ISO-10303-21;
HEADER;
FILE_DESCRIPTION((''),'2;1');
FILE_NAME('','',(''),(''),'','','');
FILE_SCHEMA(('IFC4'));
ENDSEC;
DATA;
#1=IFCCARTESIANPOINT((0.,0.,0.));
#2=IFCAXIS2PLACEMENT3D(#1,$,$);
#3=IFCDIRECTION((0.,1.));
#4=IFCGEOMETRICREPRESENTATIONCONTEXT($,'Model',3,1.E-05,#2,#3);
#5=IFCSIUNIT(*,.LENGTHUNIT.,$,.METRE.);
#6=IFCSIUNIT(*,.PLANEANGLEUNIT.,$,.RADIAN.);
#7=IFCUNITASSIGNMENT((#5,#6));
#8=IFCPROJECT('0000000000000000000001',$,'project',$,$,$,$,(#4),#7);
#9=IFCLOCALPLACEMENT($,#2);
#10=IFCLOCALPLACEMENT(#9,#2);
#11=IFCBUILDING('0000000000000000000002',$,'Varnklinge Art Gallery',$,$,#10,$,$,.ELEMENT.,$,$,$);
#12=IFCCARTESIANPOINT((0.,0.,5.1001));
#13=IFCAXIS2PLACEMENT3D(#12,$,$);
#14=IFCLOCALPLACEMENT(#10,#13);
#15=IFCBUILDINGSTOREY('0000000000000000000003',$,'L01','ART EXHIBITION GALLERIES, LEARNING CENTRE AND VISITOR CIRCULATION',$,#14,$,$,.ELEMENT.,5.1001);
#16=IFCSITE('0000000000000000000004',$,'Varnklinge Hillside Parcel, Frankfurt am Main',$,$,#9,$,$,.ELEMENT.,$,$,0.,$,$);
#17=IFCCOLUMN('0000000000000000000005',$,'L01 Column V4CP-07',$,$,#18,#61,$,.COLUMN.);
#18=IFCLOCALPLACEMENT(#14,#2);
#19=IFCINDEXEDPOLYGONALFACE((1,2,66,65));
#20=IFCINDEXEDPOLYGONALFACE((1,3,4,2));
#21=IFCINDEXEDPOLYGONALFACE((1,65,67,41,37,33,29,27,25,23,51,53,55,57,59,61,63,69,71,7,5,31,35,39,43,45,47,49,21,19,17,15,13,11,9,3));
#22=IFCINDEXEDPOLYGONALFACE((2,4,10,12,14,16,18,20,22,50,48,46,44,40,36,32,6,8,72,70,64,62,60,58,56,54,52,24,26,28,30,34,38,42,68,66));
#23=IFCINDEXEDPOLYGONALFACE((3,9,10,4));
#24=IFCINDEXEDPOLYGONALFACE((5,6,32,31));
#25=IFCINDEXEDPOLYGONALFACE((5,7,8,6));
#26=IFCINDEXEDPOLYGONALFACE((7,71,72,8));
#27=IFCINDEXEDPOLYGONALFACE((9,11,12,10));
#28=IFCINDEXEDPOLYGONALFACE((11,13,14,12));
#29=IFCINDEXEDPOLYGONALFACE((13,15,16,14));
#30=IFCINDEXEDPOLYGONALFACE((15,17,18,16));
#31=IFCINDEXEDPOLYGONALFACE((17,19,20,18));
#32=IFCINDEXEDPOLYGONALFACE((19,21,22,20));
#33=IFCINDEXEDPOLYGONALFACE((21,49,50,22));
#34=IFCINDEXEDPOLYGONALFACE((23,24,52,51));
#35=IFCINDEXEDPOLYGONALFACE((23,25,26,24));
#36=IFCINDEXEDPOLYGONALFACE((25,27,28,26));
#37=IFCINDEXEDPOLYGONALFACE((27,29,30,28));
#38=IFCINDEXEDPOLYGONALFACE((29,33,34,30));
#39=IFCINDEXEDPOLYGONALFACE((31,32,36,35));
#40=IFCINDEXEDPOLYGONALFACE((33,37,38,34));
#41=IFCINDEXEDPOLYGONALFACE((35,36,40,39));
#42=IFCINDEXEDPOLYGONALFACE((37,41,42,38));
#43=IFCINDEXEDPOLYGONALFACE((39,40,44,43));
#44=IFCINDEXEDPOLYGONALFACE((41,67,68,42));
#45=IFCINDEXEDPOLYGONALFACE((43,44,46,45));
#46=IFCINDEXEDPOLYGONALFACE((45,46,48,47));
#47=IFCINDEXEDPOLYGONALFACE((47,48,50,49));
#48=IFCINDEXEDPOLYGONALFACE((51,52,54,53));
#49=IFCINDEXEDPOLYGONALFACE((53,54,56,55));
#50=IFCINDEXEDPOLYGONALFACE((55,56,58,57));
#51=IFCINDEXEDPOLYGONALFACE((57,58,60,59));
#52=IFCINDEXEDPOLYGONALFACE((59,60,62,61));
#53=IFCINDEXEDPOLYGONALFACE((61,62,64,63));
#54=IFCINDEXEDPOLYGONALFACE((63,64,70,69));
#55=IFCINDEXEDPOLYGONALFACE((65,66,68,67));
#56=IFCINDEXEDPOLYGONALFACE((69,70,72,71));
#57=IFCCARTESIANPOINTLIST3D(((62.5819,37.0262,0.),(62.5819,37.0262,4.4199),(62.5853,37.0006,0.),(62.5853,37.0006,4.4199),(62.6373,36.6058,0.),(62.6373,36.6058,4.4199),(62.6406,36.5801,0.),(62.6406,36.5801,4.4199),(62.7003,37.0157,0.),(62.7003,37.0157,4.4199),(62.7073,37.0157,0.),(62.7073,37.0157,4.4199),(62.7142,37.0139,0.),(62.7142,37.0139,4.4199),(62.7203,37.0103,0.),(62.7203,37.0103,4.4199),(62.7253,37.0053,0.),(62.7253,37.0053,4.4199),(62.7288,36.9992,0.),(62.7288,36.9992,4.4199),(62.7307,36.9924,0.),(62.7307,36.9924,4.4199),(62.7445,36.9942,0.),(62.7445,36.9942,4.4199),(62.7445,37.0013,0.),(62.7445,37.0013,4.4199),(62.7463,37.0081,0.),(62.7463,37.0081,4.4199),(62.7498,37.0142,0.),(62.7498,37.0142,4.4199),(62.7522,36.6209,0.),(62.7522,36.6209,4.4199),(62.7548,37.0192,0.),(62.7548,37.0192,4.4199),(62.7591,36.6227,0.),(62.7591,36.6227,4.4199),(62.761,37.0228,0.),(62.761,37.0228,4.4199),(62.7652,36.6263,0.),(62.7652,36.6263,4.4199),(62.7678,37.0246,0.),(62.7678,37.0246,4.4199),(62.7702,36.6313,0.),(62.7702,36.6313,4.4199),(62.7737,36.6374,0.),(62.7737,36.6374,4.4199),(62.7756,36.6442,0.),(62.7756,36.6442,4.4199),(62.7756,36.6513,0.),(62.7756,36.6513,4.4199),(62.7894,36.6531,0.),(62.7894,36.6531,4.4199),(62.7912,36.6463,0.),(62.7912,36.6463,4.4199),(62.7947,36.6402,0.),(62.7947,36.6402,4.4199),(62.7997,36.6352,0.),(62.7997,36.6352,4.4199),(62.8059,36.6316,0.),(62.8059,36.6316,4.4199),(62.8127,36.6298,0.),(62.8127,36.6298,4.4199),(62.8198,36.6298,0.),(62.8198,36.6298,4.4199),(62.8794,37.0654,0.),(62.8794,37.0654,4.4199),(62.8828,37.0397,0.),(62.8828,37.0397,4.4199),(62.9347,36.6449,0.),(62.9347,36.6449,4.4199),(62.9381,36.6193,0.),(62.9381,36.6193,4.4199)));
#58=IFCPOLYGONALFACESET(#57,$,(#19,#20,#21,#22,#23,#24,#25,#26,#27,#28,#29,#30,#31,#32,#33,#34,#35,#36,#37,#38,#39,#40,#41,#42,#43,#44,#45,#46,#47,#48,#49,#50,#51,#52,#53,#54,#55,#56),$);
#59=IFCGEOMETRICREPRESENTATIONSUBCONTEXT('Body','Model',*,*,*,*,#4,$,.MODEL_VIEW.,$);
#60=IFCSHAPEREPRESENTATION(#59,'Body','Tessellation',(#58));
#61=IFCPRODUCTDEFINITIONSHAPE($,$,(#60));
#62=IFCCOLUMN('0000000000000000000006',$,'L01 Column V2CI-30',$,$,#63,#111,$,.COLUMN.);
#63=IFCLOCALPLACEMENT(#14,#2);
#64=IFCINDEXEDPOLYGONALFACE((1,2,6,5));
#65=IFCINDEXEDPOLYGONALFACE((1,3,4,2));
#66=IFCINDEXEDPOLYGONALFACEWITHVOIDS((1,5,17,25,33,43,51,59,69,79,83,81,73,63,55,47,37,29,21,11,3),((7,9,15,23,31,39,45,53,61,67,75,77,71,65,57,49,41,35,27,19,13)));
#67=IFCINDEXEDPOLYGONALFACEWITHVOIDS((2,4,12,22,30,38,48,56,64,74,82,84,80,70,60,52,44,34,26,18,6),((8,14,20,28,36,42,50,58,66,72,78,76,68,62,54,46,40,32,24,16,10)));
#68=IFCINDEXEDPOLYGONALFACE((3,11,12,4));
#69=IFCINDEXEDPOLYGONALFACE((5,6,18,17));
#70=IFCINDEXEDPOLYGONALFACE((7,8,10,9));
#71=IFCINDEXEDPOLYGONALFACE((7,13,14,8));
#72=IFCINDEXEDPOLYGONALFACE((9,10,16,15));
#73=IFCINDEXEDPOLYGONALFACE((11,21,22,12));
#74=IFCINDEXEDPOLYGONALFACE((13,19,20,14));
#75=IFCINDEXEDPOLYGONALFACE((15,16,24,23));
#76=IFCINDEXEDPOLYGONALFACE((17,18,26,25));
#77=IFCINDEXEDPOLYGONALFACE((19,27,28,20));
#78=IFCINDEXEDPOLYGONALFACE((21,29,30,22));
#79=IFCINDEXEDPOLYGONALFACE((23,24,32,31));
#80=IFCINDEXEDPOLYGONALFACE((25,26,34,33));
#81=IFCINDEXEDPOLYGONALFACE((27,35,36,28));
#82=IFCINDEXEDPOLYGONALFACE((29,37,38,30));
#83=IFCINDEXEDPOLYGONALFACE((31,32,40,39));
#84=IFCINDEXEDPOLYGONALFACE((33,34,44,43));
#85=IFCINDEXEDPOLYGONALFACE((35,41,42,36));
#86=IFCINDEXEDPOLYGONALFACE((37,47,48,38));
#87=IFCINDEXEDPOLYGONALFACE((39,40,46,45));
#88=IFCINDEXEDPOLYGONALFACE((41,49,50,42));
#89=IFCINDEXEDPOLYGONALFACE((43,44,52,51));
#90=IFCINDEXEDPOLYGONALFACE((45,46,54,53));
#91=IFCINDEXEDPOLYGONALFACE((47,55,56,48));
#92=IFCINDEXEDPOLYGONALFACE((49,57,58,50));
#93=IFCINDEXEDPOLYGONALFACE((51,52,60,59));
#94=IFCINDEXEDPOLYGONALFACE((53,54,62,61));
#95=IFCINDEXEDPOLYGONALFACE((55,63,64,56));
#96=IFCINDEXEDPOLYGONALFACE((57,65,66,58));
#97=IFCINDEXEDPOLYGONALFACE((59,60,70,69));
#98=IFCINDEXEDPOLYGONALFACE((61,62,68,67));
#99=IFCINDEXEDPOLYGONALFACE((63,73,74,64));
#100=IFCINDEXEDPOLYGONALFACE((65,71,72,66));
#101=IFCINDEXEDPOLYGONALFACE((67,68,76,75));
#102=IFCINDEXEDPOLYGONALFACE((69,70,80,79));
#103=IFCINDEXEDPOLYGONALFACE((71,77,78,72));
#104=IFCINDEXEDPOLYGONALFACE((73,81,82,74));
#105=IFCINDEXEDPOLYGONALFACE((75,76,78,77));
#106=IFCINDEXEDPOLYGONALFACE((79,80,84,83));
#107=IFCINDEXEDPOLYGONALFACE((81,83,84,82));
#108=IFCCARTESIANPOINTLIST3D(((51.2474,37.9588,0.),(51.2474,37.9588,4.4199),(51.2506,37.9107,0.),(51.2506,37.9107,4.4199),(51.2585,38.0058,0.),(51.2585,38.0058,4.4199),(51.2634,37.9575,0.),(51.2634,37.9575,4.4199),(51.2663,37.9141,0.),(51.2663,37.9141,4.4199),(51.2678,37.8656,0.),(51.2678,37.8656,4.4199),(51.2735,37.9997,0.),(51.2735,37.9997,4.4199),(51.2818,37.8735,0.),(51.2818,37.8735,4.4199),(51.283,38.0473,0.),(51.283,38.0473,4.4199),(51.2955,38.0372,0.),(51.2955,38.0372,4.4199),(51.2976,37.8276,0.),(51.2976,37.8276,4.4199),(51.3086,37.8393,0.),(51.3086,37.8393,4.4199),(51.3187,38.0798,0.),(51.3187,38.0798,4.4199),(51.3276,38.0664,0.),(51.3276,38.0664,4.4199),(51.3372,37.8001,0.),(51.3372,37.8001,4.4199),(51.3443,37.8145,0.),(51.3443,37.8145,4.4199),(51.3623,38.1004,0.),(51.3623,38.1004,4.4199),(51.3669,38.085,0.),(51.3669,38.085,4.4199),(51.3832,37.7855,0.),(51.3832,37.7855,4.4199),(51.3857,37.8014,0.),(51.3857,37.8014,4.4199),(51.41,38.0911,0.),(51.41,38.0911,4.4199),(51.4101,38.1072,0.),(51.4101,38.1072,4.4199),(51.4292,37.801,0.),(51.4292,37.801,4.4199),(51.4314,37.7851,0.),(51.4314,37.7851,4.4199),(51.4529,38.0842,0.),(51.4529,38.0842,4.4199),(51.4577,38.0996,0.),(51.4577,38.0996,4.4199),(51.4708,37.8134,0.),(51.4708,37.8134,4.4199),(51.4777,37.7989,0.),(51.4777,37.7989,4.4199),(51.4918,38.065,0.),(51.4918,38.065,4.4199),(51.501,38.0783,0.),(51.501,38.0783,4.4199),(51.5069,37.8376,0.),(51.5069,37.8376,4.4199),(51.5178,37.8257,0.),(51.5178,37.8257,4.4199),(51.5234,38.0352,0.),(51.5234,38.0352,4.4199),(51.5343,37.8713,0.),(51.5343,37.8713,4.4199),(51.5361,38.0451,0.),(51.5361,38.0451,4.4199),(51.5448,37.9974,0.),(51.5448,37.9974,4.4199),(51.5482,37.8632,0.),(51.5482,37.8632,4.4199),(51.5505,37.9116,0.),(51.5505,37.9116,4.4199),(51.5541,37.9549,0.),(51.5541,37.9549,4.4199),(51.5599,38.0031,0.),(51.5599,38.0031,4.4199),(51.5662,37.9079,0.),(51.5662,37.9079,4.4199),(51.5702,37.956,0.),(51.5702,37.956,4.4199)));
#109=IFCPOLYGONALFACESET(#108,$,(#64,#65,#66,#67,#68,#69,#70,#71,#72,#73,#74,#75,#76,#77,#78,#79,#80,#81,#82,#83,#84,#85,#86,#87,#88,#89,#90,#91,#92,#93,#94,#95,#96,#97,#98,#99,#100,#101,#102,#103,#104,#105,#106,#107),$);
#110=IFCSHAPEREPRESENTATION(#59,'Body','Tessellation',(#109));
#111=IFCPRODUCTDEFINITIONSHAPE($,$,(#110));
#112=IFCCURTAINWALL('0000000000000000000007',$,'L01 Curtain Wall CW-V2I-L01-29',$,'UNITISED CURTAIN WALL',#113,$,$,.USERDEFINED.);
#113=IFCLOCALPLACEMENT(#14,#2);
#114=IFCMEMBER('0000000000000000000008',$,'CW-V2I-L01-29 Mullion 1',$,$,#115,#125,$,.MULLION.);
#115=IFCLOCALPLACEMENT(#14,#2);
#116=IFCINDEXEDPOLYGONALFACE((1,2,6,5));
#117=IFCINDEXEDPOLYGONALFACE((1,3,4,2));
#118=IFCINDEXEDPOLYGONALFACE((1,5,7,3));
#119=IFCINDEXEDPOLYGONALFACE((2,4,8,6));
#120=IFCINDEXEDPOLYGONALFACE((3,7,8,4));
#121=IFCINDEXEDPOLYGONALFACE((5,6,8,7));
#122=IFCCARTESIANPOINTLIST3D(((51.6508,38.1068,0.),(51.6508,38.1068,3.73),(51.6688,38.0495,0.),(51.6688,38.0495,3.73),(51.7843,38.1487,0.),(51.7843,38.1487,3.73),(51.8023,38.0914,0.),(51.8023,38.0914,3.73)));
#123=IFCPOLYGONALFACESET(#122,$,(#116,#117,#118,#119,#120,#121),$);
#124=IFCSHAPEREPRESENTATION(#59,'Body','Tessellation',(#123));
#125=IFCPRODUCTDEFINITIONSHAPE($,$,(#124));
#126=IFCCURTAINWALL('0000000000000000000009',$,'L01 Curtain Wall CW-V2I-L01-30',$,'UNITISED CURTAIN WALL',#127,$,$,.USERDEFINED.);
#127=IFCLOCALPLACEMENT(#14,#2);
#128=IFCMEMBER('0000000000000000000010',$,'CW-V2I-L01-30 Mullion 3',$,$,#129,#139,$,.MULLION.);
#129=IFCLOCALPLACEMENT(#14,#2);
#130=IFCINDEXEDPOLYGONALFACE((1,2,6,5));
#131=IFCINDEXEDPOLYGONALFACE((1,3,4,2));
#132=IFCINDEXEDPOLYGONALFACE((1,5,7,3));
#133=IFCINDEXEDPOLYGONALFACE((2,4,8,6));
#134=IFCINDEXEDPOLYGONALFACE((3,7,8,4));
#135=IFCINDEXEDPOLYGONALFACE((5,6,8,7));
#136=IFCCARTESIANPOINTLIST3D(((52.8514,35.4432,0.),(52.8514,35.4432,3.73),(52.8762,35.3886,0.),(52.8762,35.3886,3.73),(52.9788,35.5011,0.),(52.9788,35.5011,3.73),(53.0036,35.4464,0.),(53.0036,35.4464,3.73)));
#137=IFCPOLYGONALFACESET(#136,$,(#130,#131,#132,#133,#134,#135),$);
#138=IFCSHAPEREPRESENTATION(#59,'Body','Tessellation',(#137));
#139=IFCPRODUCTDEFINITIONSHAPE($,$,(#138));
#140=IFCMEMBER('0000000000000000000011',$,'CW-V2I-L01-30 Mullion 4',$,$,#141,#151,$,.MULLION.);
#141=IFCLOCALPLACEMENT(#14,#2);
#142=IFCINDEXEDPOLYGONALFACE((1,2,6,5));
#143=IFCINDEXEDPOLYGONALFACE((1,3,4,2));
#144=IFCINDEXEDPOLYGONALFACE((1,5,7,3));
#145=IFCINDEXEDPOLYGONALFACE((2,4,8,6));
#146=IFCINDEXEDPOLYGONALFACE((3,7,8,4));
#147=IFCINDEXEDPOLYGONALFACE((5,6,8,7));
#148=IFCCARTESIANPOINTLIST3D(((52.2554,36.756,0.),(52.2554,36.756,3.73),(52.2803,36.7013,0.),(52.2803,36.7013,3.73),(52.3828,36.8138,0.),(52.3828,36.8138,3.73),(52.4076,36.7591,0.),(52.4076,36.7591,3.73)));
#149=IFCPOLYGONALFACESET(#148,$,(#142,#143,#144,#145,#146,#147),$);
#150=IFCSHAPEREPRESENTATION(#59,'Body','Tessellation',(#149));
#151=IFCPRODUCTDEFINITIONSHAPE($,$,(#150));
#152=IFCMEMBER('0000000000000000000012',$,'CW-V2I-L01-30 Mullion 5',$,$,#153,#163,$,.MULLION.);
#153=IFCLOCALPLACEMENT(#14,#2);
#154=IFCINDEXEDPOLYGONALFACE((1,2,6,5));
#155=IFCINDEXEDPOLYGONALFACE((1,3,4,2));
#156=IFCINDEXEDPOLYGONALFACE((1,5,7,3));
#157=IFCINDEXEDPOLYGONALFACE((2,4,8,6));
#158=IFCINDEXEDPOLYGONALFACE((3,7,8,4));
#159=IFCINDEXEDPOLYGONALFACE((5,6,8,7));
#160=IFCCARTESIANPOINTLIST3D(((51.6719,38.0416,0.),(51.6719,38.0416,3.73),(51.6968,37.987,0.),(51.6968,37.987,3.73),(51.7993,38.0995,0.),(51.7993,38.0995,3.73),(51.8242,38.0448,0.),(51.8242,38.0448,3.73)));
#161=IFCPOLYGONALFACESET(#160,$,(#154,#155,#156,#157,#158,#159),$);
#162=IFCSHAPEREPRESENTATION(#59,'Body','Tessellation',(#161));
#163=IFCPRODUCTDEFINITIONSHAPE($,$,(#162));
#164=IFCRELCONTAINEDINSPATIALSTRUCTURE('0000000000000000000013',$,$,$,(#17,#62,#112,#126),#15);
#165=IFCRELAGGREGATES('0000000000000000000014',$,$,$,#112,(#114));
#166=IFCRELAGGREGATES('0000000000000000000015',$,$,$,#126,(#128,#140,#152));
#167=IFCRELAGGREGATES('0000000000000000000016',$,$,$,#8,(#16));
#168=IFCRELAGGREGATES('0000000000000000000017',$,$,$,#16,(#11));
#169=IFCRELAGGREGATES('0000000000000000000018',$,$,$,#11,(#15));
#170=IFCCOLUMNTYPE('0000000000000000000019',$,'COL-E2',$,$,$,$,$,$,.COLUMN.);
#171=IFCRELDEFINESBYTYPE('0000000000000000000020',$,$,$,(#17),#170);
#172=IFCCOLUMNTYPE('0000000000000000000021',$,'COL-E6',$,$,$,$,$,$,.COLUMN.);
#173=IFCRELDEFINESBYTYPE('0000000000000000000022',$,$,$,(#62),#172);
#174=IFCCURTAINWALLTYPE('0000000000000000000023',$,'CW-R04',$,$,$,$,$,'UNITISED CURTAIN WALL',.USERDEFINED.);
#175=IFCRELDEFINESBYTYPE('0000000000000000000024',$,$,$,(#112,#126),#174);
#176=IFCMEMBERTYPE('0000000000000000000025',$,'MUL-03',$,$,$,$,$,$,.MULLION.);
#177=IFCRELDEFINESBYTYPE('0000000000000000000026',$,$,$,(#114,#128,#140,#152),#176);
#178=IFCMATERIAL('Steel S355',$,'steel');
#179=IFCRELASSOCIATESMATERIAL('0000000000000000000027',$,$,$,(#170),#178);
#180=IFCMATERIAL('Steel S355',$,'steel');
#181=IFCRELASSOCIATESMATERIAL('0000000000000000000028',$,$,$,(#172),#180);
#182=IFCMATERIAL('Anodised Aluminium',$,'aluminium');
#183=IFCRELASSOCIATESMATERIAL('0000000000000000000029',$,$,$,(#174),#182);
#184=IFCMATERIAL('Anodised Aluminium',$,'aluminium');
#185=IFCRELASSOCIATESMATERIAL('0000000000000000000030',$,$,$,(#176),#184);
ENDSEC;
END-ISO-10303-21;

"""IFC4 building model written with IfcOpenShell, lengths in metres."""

from ifc_helpers import new_model, si_unit, direction, frame, origin, origin_2d, place, context, subcontext, project, spatial, rectangle, hollow_circle, i_section, extrude, material, material_profile, profile_set, type_object, element, aggregate, save


model = new_model("IFC4")

# Units and contexts
model_context = context("Model", 3, precision=1e-05, world=origin(), true_north=direction((0.0, 1.0)))
body_context = subcontext(model_context, "Body", "Model", "MODEL_VIEW")
ifc_project = project(units=[si_unit("LENGTHUNIT", "METRE"), si_unit("PLANEANGLEUNIT", "RADIAN")], contexts=[model_context])

# Site, building, storey
site_placement = place(None, origin())
site = spatial("IfcSite", under=ifc_project, at=site_placement, Name="Varnklinge Hillside Parcel, Frankfurt am Main", CompositionType="ELEMENT", RefElevation=0.0)
building_placement = place(site_placement, origin())
building = spatial("IfcBuilding", under=site, at=building_placement, Name="Varnklinge Art Gallery", CompositionType="ELEMENT")
storey_placement = place(building_placement, frame((0.0, 0.0, 5.1001)))
storey = spatial("IfcBuildingStorey", under=building, at=storey_placement, Name="L01", Description="ART EXHIBITION GALLERIES, LEARNING CENTRE AND VISITOR CIRCULATION", CompositionType="ELEMENT", Elevation=5.1001)

# Columns
ifc_material_1 = material(Name="Steel S355", Category="steel")
ifc_material_profile_1 = material_profile(ifc_material_1, i_section(OverallWidth=0.3, OverallDepth=0.45, WebThickness=0.0139, FlangeThickness=0.0259, FilletRadius=0.0271, at=origin_2d()), Name="HEB 450")
ifc_profile_set_1 = profile_set([ifc_material_profile_1], Name="Steel S355")
column_type_1 = type_object("IfcColumnType", Name="COL-E2", PredefinedType="COLUMN", material=ifc_profile_set_1)
column_1_placement = place(storey_placement, frame((62.76, 36.8228, 0.0), z_axis=(0.0, 0.0, 1.0), x_axis=(-0.991445, -0.130526, 0.0)))
element("IfcColumn", 1, at=column_1_placement, inside=storey, type_object=column_type_1, Name="L01 Column V4CP-07", PredefinedType="COLUMN", context=body_context, shape_type="SweptSolid", body=[
    extrude(i_section(OverallWidth=0.3, OverallDepth=0.45, WebThickness=0.0139, FlangeThickness=0.0259, FilletRadius=0.0271, at=origin_2d()), origin(), (0.0, 0.0, 1.0), 4.4199),
])
ifc_material_2 = material(Name="Steel S355", Category="steel")
ifc_material_profile_2 = material_profile(ifc_material_2, hollow_circle(Radius=0.1619, WallThickness=0.0161, at=origin_2d()), Name="CHS 323.9x16")
ifc_profile_set_2 = profile_set([ifc_material_profile_2], Name="Steel S355")
column_type_2 = type_object("IfcColumnType", Name="COL-E6", PredefinedType="COLUMN", material=ifc_profile_set_2)
column_2_placement = place(storey_placement, frame((51.4087, 37.9453, 0.0), z_axis=(0.0, 0.0, 1.0), x_axis=(0.934018, 0.357227, 0.0)))
element("IfcColumn", 2, at=column_2_placement, inside=storey, type_object=column_type_2, Name="L01 Column V2CI-30", PredefinedType="COLUMN", context=body_context, shape_type="SweptSolid", body=[
    extrude(hollow_circle(Radius=0.1619, WallThickness=0.0161, at=origin_2d()), origin(), (0.0, 0.0, 1.0), 4.4199),
])

# Curtain wall, member
ifc_material_3 = material(Name="Anodised Aluminium", Category="aluminium")
curtain_wall_type = type_object("IfcCurtainWallType", Name="CW-R04", ElementType="UNITISED CURTAIN WALL", PredefinedType="USERDEFINED", material=ifc_material_3)
curtain_wall_1_placement = place(storey_placement, origin())
curtain_wall_1 = element("IfcCurtainWall", 3, at=curtain_wall_1_placement, inside=storey, type_object=curtain_wall_type, Name="L01 Curtain Wall CW-V2I-L01-29", ObjectType="UNITISED CURTAIN WALL", PredefinedType="USERDEFINED")
ifc_material_4 = material(Name="Anodised Aluminium", Category="aluminium")
ifc_material_profile_3 = material_profile(ifc_material_4, rectangle(XDim=0.0601, YDim=0.1399, at=origin_2d()), Name="ALU 60x140")
ifc_profile_set_3 = profile_set([ifc_material_profile_3], Name="Anodised Aluminium")
member_type_1 = type_object("IfcMemberType", Name="MUL-03", PredefinedType="MULLION", material=ifc_profile_set_3)
member_1_placement = place(storey_placement, frame((51.7266, 38.0991, 0.0), z_axis=(0.0, 0.0, 1.0), x_axis=(-0.299707, 0.954031, 0.0)))
member_1 = element("IfcMember", 4, at=member_1_placement, type_object=member_type_1, Name="CW-V2I-L01-29 Mullion 1", PredefinedType="MULLION", context=body_context, shape_type="SweptSolid", body=[
    extrude(rectangle(XDim=0.0601, YDim=0.1399, at=origin_2d()), origin(), (0.0, 0.0, 1.0), 3.73),
])

# Curtain wall, members
curtain_wall_2_placement = place(storey_placement, origin())
curtain_wall_2 = element("IfcCurtainWall", 5, at=curtain_wall_2_placement, inside=storey, type_object=curtain_wall_type, Name="L01 Curtain Wall CW-V2I-L01-30", ObjectType="UNITISED CURTAIN WALL", PredefinedType="USERDEFINED")
member_2_placement = place(storey_placement, frame((52.9275, 35.4448, 0.0), z_axis=(0.0, 0.0, 1.0), x_axis=(-0.413422, 0.910539, 0.0)))
member_2 = element("IfcMember", 6, at=member_2_placement, type_object=member_type_1, Name="CW-V2I-L01-30 Mullion 3", PredefinedType="MULLION", context=body_context, shape_type="SweptSolid", body=[
    extrude(rectangle(XDim=0.0601, YDim=0.1399, at=origin_2d()), origin(), (0.0, 0.0, 1.0), 3.73),
])
member_3_placement = place(storey_placement, frame((52.3315, 36.7576, 0.0), z_axis=(0.0, 0.0, 1.0), x_axis=(-0.413422, 0.910539, 0.0)))
member_3 = element("IfcMember", 7, at=member_3_placement, type_object=member_type_1, Name="CW-V2I-L01-30 Mullion 4", PredefinedType="MULLION", context=body_context, shape_type="SweptSolid", body=[
    extrude(rectangle(XDim=0.0601, YDim=0.1399, at=origin_2d()), origin(), (0.0, 0.0, 1.0), 3.73),
])
member_4_placement = place(storey_placement, frame((51.748, 38.0432, 0.0), z_axis=(0.0, 0.0, 1.0), x_axis=(-0.413422, 0.910539, 0.0)))
member_4 = element("IfcMember", 8, at=member_4_placement, type_object=member_type_1, Name="CW-V2I-L01-30 Mullion 5", PredefinedType="MULLION", context=body_context, shape_type="SweptSolid", body=[
    extrude(rectangle(XDim=0.0601, YDim=0.1399, at=origin_2d()), origin(), (0.0, 0.0, 1.0), 3.73),
])

aggregate(curtain_wall_1, [member_1])
aggregate(curtain_wall_2, [member_2, member_3, member_4])

save(model, "model.ifc")
